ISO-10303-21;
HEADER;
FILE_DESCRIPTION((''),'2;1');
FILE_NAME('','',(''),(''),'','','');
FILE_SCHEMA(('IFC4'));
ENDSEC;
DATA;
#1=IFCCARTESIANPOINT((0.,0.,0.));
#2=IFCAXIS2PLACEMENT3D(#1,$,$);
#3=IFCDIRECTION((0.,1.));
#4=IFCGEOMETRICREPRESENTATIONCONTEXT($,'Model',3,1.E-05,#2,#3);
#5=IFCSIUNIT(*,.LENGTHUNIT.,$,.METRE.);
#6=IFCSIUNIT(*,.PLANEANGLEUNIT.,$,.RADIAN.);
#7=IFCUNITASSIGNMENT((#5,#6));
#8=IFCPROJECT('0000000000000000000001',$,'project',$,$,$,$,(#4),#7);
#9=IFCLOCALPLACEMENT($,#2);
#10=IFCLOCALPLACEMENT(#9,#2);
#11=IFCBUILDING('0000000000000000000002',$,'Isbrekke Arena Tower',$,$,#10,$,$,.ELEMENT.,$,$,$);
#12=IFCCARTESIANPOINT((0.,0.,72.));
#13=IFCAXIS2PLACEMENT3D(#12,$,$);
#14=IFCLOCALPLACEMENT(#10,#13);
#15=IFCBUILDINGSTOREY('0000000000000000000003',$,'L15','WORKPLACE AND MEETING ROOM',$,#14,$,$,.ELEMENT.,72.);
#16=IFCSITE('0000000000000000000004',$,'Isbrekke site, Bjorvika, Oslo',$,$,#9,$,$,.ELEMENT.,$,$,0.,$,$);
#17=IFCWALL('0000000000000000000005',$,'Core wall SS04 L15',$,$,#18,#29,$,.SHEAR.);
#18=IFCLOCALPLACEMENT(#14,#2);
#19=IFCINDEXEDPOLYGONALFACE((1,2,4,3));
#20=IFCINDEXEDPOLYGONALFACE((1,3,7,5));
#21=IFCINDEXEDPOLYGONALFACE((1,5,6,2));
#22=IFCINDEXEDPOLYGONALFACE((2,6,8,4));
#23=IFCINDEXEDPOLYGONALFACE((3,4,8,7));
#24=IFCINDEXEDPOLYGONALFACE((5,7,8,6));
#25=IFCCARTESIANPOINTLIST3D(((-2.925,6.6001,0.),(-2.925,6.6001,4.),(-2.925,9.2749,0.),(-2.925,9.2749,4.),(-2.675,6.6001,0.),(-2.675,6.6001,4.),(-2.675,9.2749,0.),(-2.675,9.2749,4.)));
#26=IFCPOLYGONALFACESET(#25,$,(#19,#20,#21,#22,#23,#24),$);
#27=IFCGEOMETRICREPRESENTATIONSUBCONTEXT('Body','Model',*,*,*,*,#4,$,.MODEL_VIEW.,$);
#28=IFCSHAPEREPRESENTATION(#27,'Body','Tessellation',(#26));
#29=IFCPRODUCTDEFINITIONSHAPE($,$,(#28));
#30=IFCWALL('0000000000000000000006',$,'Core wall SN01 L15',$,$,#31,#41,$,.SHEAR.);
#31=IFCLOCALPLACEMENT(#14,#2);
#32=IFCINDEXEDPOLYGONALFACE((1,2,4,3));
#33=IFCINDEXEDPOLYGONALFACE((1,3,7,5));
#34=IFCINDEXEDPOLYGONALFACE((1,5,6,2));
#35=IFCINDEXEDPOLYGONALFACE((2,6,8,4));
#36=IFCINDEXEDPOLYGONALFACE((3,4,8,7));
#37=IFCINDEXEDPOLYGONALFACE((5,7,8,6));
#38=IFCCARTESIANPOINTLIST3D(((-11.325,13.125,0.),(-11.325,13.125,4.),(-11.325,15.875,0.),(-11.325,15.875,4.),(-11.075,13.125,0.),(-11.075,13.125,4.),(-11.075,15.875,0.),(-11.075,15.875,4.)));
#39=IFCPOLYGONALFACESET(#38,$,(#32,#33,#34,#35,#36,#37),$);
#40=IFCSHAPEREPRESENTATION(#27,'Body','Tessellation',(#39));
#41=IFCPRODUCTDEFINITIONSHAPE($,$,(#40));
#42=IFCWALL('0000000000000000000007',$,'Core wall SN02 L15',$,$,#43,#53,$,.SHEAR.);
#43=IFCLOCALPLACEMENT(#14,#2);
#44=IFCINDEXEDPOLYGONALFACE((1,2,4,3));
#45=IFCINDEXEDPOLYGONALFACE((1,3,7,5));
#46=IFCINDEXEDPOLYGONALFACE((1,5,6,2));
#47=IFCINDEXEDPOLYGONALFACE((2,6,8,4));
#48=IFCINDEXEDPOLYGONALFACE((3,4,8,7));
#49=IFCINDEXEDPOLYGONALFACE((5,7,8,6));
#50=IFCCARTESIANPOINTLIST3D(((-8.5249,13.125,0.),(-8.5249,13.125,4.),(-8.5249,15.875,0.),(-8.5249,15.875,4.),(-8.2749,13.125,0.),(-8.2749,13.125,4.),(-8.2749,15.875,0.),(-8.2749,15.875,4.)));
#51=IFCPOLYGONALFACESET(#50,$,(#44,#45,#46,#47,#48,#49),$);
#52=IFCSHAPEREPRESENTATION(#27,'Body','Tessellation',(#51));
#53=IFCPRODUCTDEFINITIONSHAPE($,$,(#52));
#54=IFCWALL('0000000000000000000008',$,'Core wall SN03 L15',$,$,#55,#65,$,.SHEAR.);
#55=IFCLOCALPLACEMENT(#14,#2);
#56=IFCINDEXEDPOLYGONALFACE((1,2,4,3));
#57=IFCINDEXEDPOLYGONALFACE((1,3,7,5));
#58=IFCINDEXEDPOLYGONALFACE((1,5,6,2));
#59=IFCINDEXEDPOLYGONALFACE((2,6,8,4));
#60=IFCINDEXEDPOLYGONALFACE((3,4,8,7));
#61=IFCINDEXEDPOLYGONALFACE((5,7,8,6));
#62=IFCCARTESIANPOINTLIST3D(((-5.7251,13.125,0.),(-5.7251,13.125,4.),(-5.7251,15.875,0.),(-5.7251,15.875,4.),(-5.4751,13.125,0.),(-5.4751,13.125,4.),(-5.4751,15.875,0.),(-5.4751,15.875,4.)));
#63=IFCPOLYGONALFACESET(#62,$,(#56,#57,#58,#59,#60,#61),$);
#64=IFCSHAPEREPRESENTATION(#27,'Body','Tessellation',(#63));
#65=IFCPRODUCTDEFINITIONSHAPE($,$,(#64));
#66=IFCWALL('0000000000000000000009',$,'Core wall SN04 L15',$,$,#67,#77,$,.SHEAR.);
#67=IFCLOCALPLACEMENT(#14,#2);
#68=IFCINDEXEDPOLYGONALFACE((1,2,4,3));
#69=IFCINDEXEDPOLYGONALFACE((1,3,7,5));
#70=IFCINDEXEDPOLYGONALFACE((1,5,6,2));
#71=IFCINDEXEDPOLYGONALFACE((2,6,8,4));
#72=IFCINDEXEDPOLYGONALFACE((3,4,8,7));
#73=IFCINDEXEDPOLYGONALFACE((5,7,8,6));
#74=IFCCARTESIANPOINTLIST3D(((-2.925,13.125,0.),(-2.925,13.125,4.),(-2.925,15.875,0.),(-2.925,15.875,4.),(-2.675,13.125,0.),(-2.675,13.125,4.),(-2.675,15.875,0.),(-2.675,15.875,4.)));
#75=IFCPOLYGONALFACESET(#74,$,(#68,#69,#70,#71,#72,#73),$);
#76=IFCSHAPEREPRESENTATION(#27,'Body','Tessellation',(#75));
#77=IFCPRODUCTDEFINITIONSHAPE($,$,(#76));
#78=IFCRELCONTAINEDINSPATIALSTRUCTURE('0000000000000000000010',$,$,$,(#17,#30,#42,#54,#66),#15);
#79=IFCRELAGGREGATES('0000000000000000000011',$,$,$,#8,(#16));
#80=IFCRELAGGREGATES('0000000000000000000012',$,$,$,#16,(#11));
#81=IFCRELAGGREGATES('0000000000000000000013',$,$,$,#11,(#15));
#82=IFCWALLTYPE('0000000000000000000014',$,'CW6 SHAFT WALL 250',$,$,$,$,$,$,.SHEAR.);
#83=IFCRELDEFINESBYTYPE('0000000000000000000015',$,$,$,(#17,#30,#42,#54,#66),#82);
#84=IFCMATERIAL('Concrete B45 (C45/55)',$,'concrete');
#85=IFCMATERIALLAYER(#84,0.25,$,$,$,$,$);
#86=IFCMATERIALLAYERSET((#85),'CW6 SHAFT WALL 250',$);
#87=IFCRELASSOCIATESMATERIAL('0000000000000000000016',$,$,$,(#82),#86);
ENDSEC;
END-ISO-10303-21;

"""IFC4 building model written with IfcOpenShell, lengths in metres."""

from ifc_helpers import new_model, si_unit, direction, frame, frame_2d, origin, place, context, subcontext, project, spatial, rectangle, extrude, material, layer, layer_set, type_object, element, save


model = new_model("IFC4")

# Units and contexts
model_context = context("Model", 3, precision=1e-05, world=origin(), true_north=direction((0.0, 1.0)))
body_context = subcontext(model_context, "Body", "Model", "MODEL_VIEW")
ifc_project = project(units=[si_unit("LENGTHUNIT", "METRE"), si_unit("PLANEANGLEUNIT", "RADIAN")], contexts=[model_context])

# Site, building, storey
site_placement = place(None, origin())
site = spatial("IfcSite", under=ifc_project, at=site_placement, Name="Isbrekke site, Bjorvika, Oslo", CompositionType="ELEMENT", RefElevation=0.0)
building_placement = place(site_placement, origin())
building = spatial("IfcBuilding", under=site, at=building_placement, Name="Isbrekke Arena Tower", CompositionType="ELEMENT")
storey_placement = place(building_placement, frame((0.0, 0.0, 72.0)))
storey = spatial("IfcBuildingStorey", under=building, at=storey_placement, Name="L15", Description="WORKPLACE AND MEETING ROOM", CompositionType="ELEMENT", Elevation=72.0)

# Shared definitions
ifc_material_1 = material(Name="Concrete B45 (C45/55)", Category="concrete")
ifc_layer_1 = layer(ifc_material_1, 0.25)
ifc_layer_set_1 = layer_set([ifc_layer_1], Name="CW6 SHAFT WALL 250")
wall_type_1 = type_object("IfcWallType", Name="CW6 SHAFT WALL 250", PredefinedType="SHEAR", material=ifc_layer_set_1)

# Walls
for number, where, z_axis, x_axis, name in (
    (1, (-2.8, 6.6001, 0.0), (0.0, 0.0, 1.0), (0.0, 1.0, 0.0), "Core wall SS04 L15"),
):
    element("IfcWall", number, at=place(storey_placement, frame(where, z_axis=z_axis, x_axis=x_axis)), inside=storey, type_object=wall_type_1, Name=name, PredefinedType="SHEAR", context=body_context, shape_type="SweptSolid", body=[
        extrude(rectangle(XDim=2.6748, YDim=0.25, at=frame_2d((1.3374, 0.0))), origin(), (0.0, 0.0, 1.0), 4.0),
    ])
for number, where, z_axis, x_axis, name in (
    (2, (-11.2, 13.125, 0.0), (0.0, 0.0, 1.0), (0.0, 1.0, 0.0), "Core wall SN01 L15"),
    (3, (-8.3999, 13.125, 0.0), (0.0, 0.0, 1.0), (0.0, 1.0, 0.0), "Core wall SN02 L15"),
    (4, (-5.6001, 13.125, 0.0), (0.0, 0.0, 1.0), (0.0, 1.0, 0.0), "Core wall SN03 L15"),
    (5, (-2.8, 13.125, 0.0), (0.0, 0.0, 1.0), (0.0, 1.0, 0.0), "Core wall SN04 L15"),
):
    element("IfcWall", number, at=place(storey_placement, frame(where, z_axis=z_axis, x_axis=x_axis)), inside=storey, type_object=wall_type_1, Name=name, PredefinedType="SHEAR", context=body_context, shape_type="SweptSolid", body=[
        extrude(rectangle(XDim=2.75, YDim=0.25, at=frame_2d((1.375, 0.0))), origin(), (0.0, 0.0, 1.0), 4.0),
    ])

save(model, "model.ifc")
